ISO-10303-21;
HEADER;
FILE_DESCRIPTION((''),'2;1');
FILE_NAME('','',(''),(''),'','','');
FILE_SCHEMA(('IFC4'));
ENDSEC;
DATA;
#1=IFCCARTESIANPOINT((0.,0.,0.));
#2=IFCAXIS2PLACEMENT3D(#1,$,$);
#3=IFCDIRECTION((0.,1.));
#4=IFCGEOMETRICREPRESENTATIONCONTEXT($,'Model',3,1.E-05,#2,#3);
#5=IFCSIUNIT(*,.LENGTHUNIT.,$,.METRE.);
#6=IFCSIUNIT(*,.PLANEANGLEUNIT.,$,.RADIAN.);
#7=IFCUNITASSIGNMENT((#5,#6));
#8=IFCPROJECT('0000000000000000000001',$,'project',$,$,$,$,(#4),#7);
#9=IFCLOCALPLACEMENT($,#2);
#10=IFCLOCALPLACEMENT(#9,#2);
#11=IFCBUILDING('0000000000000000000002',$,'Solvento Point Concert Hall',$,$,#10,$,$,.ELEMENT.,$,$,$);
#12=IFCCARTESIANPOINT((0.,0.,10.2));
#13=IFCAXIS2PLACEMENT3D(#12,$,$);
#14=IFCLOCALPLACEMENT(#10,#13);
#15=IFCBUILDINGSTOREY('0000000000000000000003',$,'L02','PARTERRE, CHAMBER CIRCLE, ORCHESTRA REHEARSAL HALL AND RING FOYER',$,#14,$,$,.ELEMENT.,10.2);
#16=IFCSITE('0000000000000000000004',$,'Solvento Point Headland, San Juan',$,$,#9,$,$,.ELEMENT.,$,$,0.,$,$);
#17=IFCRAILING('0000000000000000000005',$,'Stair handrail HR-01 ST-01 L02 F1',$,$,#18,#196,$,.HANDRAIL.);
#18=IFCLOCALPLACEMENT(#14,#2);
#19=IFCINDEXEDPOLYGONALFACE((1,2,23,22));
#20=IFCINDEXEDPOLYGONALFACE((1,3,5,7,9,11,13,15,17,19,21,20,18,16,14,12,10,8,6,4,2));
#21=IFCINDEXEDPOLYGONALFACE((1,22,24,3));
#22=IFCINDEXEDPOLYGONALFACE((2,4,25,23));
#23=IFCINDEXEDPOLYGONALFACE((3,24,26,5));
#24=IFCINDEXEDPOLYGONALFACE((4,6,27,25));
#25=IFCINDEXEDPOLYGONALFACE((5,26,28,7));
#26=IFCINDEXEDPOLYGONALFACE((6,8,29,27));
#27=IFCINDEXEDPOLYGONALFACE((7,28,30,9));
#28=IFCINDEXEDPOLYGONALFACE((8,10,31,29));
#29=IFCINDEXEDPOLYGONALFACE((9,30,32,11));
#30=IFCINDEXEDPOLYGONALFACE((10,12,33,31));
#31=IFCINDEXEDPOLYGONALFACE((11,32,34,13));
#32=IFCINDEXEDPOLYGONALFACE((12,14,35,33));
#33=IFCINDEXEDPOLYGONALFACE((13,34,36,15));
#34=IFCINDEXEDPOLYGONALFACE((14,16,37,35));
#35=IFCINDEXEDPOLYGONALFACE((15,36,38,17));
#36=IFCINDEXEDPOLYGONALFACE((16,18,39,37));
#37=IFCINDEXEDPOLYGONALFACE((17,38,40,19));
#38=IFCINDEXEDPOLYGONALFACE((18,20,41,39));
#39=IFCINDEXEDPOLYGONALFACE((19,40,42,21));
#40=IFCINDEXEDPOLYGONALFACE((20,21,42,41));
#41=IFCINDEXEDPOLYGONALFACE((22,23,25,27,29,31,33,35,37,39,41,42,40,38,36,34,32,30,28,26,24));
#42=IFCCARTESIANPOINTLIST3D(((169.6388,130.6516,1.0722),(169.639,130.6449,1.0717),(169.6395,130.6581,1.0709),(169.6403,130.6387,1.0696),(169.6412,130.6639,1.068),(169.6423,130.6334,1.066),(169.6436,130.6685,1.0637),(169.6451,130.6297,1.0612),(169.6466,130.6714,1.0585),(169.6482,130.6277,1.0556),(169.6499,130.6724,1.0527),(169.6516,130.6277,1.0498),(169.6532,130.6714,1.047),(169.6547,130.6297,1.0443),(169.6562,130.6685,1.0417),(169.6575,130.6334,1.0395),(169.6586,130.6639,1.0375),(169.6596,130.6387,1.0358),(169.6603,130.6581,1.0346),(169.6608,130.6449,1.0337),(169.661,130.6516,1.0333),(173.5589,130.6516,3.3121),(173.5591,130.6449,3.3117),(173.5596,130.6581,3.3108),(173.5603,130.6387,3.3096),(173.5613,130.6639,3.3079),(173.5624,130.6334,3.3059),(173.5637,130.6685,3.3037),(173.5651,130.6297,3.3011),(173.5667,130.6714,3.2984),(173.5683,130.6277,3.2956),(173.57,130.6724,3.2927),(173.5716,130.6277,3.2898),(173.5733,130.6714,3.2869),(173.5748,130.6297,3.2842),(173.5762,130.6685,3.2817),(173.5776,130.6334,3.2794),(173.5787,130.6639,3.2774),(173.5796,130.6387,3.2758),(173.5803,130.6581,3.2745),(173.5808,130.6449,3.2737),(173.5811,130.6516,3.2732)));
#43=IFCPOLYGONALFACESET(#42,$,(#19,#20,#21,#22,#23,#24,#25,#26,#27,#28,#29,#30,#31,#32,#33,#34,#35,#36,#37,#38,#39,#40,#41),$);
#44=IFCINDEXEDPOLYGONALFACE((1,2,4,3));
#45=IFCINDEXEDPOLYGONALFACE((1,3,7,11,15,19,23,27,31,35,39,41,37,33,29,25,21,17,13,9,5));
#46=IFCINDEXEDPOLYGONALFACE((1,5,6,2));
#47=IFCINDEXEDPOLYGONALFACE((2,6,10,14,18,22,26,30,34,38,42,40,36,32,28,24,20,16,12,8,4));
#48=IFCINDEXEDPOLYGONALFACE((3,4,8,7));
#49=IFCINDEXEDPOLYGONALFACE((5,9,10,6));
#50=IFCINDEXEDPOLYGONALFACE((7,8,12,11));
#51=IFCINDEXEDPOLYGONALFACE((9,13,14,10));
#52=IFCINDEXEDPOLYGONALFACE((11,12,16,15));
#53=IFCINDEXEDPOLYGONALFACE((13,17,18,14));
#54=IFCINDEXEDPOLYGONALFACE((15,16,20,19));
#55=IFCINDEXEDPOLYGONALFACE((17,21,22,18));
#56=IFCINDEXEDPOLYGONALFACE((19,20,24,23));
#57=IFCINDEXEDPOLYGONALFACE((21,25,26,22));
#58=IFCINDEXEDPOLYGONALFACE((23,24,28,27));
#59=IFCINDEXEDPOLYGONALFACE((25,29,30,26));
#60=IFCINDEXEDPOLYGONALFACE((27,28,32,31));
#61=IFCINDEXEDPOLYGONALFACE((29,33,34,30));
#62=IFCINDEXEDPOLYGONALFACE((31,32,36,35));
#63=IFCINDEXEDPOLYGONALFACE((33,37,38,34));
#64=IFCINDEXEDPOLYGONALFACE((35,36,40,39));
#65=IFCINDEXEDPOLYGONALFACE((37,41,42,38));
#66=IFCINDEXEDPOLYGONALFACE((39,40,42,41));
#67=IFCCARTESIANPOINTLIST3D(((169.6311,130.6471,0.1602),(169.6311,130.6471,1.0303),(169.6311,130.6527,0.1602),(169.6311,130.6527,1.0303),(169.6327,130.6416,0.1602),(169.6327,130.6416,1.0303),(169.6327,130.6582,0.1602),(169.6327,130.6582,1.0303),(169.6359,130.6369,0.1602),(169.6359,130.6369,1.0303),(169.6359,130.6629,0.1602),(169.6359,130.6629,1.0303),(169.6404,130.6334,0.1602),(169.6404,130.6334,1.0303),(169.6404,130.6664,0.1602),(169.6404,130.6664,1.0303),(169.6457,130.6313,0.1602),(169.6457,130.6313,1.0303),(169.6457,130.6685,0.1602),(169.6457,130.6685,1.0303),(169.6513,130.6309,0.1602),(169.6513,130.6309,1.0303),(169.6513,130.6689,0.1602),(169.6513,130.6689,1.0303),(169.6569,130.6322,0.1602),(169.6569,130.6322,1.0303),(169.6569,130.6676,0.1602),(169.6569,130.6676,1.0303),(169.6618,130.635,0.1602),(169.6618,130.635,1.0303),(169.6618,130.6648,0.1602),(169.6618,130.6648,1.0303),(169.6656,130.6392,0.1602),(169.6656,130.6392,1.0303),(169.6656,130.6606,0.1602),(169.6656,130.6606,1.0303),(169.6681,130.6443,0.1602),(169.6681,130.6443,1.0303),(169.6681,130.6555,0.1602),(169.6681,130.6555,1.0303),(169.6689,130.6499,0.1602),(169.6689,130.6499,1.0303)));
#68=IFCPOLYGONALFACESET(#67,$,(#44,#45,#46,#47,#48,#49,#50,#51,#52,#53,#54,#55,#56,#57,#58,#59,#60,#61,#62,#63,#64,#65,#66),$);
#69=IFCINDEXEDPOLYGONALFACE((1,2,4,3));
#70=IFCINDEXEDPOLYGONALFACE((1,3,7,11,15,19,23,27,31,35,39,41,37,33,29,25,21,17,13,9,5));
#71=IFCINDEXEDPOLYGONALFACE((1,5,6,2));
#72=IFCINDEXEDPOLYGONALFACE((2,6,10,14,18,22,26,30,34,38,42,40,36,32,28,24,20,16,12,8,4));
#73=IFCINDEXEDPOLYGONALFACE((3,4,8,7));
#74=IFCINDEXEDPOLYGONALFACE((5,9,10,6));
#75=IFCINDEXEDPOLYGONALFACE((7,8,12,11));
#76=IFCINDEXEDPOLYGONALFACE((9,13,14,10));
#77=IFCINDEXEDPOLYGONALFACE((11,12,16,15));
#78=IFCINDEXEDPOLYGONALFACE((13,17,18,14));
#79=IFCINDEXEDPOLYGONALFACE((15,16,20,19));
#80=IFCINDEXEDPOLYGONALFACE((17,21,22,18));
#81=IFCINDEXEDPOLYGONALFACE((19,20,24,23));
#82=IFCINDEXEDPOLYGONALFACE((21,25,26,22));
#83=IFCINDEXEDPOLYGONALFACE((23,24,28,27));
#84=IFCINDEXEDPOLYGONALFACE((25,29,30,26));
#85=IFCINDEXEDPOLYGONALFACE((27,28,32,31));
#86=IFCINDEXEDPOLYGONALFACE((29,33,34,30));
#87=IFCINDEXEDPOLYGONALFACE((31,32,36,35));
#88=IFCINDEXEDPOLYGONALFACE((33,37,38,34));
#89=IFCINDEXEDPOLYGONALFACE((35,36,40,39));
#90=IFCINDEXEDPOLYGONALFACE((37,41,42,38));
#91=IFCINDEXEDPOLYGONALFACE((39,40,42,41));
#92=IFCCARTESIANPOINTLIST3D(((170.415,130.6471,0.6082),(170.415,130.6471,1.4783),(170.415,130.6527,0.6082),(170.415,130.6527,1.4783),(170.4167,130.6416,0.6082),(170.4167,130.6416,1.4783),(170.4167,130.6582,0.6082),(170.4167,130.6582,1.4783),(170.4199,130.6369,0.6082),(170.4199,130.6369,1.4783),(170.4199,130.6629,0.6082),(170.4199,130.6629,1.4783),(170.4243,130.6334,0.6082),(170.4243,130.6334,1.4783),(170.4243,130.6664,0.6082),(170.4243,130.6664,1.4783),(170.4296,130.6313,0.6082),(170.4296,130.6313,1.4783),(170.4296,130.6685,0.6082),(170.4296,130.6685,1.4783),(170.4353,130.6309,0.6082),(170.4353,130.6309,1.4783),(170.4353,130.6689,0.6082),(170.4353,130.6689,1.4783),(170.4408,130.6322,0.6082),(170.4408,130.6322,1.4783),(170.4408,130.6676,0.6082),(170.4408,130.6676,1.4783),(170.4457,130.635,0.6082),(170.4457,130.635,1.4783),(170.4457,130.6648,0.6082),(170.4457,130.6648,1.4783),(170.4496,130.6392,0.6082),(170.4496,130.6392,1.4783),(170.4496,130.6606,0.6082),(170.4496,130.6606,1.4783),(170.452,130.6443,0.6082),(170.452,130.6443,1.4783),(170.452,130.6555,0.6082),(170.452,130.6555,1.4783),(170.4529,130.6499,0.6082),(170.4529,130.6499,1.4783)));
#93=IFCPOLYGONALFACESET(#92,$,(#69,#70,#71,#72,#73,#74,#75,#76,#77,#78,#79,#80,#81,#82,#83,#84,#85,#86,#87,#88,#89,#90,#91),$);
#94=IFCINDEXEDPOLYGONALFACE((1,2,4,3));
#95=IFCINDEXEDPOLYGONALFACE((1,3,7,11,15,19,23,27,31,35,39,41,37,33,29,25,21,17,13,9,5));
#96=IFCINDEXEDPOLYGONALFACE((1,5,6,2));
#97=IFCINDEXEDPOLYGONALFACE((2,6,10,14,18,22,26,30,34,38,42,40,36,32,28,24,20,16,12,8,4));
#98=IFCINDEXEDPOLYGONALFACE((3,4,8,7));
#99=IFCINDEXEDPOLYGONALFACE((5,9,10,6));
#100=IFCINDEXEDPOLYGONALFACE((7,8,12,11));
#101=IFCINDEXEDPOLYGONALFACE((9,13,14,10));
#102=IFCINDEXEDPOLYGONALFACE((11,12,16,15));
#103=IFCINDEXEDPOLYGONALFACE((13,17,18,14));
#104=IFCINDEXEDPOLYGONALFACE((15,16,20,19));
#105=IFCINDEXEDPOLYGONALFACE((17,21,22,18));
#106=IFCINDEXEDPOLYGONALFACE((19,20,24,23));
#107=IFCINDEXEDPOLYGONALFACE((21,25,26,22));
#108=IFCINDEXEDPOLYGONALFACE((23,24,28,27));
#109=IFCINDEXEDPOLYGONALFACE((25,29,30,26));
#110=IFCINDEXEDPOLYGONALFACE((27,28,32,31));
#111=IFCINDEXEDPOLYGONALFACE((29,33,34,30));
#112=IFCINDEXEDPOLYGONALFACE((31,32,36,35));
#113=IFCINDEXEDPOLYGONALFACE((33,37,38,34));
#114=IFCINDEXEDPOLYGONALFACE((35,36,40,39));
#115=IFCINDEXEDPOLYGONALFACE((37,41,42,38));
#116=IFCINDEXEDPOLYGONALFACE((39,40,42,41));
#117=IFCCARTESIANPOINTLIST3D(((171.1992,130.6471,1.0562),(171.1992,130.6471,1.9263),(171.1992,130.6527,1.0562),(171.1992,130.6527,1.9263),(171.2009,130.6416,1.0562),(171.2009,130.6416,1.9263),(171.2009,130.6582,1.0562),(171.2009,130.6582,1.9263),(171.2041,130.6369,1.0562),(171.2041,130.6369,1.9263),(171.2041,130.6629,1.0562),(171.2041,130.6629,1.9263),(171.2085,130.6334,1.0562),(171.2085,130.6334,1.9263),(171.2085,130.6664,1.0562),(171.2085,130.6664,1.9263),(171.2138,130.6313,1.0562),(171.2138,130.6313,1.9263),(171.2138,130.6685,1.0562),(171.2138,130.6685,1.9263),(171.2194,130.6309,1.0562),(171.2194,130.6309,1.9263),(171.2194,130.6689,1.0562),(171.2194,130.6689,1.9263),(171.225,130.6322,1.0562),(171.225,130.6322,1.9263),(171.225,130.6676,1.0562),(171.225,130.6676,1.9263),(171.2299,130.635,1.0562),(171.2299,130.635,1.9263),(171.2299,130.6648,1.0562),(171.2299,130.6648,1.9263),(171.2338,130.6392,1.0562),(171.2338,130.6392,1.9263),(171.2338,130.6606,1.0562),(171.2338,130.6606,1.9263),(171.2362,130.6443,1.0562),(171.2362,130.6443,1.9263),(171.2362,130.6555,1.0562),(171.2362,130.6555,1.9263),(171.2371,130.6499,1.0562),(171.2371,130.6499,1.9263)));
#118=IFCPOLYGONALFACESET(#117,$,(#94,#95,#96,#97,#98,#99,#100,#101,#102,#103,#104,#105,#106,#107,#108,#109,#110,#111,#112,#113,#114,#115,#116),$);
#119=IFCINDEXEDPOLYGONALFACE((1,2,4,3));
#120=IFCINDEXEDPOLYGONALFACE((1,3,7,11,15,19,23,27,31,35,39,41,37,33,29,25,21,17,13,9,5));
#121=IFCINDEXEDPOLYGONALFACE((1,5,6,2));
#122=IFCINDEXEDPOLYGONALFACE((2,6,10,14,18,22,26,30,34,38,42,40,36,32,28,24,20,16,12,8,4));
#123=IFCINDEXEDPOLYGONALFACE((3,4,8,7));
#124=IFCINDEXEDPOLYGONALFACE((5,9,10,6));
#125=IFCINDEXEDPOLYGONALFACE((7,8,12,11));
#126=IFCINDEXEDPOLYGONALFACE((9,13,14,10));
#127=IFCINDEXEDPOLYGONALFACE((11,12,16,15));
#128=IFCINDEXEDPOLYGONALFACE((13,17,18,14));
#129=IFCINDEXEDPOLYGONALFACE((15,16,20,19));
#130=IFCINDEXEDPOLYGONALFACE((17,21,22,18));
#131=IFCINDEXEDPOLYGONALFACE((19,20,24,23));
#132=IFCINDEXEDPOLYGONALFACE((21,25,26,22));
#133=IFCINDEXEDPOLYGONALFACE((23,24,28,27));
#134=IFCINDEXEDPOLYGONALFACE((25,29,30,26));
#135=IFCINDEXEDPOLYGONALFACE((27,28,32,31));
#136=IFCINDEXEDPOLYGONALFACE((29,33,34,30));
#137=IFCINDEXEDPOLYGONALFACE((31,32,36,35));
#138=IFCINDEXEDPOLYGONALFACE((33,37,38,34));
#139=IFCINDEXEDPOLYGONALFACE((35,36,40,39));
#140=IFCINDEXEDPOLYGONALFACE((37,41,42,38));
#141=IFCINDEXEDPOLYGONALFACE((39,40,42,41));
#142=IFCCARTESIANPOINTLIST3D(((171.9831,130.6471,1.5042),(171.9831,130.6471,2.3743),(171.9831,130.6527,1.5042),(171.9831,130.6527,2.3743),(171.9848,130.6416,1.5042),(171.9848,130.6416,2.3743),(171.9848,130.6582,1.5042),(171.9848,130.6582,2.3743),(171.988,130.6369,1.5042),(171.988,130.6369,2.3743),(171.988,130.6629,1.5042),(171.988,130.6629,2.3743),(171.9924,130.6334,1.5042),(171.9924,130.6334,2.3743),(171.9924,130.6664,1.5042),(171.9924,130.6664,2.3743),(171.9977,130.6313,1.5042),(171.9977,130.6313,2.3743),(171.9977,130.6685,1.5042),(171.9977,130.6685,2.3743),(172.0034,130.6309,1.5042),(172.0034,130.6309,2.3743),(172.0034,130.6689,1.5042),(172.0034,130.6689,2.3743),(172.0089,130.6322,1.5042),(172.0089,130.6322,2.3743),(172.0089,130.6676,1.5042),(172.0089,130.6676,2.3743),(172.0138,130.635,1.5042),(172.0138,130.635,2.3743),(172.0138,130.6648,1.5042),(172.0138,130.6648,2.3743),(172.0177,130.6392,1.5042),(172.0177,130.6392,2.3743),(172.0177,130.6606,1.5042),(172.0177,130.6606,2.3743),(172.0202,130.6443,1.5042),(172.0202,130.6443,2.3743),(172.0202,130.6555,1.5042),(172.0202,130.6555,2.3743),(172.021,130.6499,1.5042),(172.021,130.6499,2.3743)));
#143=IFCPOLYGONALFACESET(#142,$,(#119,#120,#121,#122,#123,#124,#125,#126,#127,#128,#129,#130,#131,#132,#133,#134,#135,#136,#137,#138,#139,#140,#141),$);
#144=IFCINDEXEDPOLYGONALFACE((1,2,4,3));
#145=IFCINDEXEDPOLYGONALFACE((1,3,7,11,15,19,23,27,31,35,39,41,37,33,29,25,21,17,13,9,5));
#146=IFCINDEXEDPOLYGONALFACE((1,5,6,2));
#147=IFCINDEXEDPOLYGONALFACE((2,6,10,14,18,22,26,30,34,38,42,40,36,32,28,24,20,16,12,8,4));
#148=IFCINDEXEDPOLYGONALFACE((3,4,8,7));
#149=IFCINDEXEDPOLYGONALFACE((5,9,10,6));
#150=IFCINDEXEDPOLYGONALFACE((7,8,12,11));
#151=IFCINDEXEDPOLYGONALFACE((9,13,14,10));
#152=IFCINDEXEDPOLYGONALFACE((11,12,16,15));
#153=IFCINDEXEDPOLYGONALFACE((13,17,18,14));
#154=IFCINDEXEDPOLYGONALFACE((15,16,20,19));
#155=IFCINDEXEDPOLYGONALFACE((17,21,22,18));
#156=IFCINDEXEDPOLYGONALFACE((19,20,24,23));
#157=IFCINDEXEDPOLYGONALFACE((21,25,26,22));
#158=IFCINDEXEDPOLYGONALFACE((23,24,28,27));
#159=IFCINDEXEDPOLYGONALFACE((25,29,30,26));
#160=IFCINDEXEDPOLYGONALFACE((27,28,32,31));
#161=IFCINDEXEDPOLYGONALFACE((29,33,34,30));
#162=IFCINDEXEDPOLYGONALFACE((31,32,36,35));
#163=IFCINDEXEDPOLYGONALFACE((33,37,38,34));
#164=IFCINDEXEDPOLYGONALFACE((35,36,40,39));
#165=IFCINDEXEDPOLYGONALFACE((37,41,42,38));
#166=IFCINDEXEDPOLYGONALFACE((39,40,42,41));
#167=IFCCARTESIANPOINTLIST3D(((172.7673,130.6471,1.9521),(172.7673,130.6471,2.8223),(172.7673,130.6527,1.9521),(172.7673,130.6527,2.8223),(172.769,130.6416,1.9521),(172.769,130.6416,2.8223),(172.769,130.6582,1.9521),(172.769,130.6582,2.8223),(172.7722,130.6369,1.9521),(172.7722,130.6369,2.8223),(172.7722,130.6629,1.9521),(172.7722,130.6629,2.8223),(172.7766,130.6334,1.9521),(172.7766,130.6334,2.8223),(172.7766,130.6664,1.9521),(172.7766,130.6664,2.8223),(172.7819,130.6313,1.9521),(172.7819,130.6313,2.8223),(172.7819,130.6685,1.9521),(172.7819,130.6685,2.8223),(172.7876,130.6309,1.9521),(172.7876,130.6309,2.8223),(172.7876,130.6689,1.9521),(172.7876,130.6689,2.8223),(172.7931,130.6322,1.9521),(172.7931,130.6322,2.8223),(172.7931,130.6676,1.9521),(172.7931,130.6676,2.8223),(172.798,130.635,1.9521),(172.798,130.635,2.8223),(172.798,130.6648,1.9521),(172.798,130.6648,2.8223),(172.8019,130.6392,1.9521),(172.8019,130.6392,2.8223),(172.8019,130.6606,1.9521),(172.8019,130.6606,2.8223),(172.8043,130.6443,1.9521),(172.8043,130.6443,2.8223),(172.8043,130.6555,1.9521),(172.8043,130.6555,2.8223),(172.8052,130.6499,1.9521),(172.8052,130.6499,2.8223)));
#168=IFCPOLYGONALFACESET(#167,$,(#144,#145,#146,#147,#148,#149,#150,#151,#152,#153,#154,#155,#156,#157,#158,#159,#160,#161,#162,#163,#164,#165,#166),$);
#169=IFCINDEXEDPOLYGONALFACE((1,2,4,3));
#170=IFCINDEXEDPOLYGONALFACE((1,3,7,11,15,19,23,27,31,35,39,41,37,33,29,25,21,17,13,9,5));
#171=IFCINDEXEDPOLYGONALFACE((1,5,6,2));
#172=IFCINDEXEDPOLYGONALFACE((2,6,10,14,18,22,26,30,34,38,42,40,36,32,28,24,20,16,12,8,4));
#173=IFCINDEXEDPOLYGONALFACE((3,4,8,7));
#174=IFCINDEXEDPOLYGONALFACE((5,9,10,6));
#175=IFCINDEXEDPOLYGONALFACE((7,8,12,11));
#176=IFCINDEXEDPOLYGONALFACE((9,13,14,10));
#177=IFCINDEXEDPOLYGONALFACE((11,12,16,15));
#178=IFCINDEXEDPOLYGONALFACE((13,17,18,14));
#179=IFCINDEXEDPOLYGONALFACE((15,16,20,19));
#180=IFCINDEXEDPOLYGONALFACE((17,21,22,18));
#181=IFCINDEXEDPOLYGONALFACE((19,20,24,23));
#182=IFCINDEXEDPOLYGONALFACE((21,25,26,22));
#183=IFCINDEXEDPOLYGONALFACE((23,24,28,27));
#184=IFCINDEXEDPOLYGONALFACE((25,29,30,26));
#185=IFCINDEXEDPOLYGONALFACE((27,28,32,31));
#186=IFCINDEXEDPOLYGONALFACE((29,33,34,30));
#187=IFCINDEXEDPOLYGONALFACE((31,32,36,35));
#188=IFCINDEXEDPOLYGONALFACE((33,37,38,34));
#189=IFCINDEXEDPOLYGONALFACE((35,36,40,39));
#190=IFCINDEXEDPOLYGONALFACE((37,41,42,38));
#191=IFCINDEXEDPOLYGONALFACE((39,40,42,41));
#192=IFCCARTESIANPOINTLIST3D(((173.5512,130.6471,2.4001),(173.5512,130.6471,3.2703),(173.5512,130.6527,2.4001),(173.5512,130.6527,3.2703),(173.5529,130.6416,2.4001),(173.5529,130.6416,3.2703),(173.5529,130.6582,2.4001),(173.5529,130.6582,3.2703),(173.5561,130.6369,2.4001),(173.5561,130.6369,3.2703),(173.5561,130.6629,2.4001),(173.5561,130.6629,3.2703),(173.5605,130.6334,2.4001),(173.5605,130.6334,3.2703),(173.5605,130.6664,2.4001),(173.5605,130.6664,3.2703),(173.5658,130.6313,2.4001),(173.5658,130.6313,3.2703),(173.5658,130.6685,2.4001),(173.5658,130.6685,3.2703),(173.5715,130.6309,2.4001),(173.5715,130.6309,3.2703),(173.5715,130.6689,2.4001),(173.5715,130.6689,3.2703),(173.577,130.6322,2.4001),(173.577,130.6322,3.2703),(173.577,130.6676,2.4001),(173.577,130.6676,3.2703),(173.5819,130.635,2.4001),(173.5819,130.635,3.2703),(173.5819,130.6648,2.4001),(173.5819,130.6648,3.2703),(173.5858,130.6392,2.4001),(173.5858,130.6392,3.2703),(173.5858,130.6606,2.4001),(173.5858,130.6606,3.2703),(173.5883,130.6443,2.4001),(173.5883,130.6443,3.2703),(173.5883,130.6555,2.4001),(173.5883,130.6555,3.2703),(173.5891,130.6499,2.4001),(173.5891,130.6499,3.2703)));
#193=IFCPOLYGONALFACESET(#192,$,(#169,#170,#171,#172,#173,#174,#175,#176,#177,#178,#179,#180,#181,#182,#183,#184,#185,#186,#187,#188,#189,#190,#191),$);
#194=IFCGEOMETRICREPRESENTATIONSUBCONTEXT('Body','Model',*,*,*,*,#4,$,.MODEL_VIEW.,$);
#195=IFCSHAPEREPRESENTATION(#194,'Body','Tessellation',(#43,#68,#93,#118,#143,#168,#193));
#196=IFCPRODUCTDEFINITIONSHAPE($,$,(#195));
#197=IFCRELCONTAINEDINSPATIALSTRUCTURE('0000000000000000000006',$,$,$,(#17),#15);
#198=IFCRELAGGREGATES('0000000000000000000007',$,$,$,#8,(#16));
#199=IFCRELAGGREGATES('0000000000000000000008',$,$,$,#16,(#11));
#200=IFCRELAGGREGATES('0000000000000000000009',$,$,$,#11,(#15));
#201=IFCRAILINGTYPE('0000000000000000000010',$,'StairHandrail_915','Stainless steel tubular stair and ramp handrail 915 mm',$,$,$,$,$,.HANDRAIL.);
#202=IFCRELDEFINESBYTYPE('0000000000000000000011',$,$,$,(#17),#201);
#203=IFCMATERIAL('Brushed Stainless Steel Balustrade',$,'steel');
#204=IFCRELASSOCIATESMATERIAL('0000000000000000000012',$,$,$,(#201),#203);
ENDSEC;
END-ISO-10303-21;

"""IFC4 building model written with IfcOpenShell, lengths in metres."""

from ifc_helpers import new_model, si_unit, direction, frame, origin, origin_2d, place, context, subcontext, project, spatial, circle, extrude, material, type_object, element, save


model = new_model("IFC4")

# Units and contexts
model_context = context("Model", 3, precision=1e-05, world=origin(), true_north=direction((0.0, 1.0)))
body_context = subcontext(model_context, "Body", "Model", "MODEL_VIEW")
ifc_project = project(units=[si_unit("LENGTHUNIT", "METRE"), si_unit("PLANEANGLEUNIT", "RADIAN")], contexts=[model_context])

# Site, building, storey
site_placement = place(None, origin())
site = spatial("IfcSite", under=ifc_project, at=site_placement, Name="Solvento Point Headland, San Juan", CompositionType="ELEMENT", RefElevation=0.0)
building_placement = place(site_placement, origin())
building = spatial("IfcBuilding", under=site, at=building_placement, Name="Solvento Point Concert Hall", CompositionType="ELEMENT")
storey_placement = place(building_placement, frame((0.0, 0.0, 10.2)))
storey = spatial("IfcBuildingStorey", under=building, at=storey_placement, Name="L02", Description="PARTERRE, CHAMBER CIRCLE, ORCHESTRA REHEARSAL HALL AND RING FOYER", CompositionType="ELEMENT", Elevation=10.2)

# Railing
ifc_material_1 = material(Name="Brushed Stainless Steel Balustrade", Category="steel")
railing_type_1 = type_object("IfcRailingType", Name="StairHandrail_915", Description="Stainless steel tubular stair and ramp handrail 915 mm", PredefinedType="HANDRAIL", material=ifc_material_1)
railing_1_placement = place(storey_placement, frame((169.6499, 130.6499, 0.1602)))
element("IfcRailing", 1, at=railing_1_placement, inside=storey, type_object=railing_type_1, Name="Stair handrail HR-01 ST-01 L02 F1", PredefinedType="HANDRAIL", context=body_context, shape_type="SweptSolid", body=[
    extrude(circle(Radius=0.0225, at=origin_2d()), frame((0.0, 0.0, 0.8926), z_axis=(0.868253, 0.0, 0.496121), x_axis=(0.0, 1.0, 0.0)), (0.0, 0.0, 1.0), 4.5149),
    extrude(circle(Radius=0.019, at=origin_2d()), origin(), (0.0, 0.0, 1.0), 0.8701),
    extrude(circle(Radius=0.019, at=origin_2d()), frame((0.7839, 0.0, 0.448)), (0.0, 0.0, 1.0), 0.8701),
    extrude(circle(Radius=0.019, at=origin_2d()), frame((1.5681, 0.0, 0.896)), (0.0, 0.0, 1.0), 0.8701),
    extrude(circle(Radius=0.019, at=origin_2d()), frame((2.3521, 0.0, 1.344)), (0.0, 0.0, 1.0), 0.8701),
    extrude(circle(Radius=0.019, at=origin_2d()), frame((3.1362, 0.0, 1.792)), (0.0, 0.0, 1.0), 0.8701),
    extrude(circle(Radius=0.019, at=origin_2d()), frame((3.9202, 0.0, 2.24)), (0.0, 0.0, 1.0), 0.8701),
])

save(model, "model.ifc")
